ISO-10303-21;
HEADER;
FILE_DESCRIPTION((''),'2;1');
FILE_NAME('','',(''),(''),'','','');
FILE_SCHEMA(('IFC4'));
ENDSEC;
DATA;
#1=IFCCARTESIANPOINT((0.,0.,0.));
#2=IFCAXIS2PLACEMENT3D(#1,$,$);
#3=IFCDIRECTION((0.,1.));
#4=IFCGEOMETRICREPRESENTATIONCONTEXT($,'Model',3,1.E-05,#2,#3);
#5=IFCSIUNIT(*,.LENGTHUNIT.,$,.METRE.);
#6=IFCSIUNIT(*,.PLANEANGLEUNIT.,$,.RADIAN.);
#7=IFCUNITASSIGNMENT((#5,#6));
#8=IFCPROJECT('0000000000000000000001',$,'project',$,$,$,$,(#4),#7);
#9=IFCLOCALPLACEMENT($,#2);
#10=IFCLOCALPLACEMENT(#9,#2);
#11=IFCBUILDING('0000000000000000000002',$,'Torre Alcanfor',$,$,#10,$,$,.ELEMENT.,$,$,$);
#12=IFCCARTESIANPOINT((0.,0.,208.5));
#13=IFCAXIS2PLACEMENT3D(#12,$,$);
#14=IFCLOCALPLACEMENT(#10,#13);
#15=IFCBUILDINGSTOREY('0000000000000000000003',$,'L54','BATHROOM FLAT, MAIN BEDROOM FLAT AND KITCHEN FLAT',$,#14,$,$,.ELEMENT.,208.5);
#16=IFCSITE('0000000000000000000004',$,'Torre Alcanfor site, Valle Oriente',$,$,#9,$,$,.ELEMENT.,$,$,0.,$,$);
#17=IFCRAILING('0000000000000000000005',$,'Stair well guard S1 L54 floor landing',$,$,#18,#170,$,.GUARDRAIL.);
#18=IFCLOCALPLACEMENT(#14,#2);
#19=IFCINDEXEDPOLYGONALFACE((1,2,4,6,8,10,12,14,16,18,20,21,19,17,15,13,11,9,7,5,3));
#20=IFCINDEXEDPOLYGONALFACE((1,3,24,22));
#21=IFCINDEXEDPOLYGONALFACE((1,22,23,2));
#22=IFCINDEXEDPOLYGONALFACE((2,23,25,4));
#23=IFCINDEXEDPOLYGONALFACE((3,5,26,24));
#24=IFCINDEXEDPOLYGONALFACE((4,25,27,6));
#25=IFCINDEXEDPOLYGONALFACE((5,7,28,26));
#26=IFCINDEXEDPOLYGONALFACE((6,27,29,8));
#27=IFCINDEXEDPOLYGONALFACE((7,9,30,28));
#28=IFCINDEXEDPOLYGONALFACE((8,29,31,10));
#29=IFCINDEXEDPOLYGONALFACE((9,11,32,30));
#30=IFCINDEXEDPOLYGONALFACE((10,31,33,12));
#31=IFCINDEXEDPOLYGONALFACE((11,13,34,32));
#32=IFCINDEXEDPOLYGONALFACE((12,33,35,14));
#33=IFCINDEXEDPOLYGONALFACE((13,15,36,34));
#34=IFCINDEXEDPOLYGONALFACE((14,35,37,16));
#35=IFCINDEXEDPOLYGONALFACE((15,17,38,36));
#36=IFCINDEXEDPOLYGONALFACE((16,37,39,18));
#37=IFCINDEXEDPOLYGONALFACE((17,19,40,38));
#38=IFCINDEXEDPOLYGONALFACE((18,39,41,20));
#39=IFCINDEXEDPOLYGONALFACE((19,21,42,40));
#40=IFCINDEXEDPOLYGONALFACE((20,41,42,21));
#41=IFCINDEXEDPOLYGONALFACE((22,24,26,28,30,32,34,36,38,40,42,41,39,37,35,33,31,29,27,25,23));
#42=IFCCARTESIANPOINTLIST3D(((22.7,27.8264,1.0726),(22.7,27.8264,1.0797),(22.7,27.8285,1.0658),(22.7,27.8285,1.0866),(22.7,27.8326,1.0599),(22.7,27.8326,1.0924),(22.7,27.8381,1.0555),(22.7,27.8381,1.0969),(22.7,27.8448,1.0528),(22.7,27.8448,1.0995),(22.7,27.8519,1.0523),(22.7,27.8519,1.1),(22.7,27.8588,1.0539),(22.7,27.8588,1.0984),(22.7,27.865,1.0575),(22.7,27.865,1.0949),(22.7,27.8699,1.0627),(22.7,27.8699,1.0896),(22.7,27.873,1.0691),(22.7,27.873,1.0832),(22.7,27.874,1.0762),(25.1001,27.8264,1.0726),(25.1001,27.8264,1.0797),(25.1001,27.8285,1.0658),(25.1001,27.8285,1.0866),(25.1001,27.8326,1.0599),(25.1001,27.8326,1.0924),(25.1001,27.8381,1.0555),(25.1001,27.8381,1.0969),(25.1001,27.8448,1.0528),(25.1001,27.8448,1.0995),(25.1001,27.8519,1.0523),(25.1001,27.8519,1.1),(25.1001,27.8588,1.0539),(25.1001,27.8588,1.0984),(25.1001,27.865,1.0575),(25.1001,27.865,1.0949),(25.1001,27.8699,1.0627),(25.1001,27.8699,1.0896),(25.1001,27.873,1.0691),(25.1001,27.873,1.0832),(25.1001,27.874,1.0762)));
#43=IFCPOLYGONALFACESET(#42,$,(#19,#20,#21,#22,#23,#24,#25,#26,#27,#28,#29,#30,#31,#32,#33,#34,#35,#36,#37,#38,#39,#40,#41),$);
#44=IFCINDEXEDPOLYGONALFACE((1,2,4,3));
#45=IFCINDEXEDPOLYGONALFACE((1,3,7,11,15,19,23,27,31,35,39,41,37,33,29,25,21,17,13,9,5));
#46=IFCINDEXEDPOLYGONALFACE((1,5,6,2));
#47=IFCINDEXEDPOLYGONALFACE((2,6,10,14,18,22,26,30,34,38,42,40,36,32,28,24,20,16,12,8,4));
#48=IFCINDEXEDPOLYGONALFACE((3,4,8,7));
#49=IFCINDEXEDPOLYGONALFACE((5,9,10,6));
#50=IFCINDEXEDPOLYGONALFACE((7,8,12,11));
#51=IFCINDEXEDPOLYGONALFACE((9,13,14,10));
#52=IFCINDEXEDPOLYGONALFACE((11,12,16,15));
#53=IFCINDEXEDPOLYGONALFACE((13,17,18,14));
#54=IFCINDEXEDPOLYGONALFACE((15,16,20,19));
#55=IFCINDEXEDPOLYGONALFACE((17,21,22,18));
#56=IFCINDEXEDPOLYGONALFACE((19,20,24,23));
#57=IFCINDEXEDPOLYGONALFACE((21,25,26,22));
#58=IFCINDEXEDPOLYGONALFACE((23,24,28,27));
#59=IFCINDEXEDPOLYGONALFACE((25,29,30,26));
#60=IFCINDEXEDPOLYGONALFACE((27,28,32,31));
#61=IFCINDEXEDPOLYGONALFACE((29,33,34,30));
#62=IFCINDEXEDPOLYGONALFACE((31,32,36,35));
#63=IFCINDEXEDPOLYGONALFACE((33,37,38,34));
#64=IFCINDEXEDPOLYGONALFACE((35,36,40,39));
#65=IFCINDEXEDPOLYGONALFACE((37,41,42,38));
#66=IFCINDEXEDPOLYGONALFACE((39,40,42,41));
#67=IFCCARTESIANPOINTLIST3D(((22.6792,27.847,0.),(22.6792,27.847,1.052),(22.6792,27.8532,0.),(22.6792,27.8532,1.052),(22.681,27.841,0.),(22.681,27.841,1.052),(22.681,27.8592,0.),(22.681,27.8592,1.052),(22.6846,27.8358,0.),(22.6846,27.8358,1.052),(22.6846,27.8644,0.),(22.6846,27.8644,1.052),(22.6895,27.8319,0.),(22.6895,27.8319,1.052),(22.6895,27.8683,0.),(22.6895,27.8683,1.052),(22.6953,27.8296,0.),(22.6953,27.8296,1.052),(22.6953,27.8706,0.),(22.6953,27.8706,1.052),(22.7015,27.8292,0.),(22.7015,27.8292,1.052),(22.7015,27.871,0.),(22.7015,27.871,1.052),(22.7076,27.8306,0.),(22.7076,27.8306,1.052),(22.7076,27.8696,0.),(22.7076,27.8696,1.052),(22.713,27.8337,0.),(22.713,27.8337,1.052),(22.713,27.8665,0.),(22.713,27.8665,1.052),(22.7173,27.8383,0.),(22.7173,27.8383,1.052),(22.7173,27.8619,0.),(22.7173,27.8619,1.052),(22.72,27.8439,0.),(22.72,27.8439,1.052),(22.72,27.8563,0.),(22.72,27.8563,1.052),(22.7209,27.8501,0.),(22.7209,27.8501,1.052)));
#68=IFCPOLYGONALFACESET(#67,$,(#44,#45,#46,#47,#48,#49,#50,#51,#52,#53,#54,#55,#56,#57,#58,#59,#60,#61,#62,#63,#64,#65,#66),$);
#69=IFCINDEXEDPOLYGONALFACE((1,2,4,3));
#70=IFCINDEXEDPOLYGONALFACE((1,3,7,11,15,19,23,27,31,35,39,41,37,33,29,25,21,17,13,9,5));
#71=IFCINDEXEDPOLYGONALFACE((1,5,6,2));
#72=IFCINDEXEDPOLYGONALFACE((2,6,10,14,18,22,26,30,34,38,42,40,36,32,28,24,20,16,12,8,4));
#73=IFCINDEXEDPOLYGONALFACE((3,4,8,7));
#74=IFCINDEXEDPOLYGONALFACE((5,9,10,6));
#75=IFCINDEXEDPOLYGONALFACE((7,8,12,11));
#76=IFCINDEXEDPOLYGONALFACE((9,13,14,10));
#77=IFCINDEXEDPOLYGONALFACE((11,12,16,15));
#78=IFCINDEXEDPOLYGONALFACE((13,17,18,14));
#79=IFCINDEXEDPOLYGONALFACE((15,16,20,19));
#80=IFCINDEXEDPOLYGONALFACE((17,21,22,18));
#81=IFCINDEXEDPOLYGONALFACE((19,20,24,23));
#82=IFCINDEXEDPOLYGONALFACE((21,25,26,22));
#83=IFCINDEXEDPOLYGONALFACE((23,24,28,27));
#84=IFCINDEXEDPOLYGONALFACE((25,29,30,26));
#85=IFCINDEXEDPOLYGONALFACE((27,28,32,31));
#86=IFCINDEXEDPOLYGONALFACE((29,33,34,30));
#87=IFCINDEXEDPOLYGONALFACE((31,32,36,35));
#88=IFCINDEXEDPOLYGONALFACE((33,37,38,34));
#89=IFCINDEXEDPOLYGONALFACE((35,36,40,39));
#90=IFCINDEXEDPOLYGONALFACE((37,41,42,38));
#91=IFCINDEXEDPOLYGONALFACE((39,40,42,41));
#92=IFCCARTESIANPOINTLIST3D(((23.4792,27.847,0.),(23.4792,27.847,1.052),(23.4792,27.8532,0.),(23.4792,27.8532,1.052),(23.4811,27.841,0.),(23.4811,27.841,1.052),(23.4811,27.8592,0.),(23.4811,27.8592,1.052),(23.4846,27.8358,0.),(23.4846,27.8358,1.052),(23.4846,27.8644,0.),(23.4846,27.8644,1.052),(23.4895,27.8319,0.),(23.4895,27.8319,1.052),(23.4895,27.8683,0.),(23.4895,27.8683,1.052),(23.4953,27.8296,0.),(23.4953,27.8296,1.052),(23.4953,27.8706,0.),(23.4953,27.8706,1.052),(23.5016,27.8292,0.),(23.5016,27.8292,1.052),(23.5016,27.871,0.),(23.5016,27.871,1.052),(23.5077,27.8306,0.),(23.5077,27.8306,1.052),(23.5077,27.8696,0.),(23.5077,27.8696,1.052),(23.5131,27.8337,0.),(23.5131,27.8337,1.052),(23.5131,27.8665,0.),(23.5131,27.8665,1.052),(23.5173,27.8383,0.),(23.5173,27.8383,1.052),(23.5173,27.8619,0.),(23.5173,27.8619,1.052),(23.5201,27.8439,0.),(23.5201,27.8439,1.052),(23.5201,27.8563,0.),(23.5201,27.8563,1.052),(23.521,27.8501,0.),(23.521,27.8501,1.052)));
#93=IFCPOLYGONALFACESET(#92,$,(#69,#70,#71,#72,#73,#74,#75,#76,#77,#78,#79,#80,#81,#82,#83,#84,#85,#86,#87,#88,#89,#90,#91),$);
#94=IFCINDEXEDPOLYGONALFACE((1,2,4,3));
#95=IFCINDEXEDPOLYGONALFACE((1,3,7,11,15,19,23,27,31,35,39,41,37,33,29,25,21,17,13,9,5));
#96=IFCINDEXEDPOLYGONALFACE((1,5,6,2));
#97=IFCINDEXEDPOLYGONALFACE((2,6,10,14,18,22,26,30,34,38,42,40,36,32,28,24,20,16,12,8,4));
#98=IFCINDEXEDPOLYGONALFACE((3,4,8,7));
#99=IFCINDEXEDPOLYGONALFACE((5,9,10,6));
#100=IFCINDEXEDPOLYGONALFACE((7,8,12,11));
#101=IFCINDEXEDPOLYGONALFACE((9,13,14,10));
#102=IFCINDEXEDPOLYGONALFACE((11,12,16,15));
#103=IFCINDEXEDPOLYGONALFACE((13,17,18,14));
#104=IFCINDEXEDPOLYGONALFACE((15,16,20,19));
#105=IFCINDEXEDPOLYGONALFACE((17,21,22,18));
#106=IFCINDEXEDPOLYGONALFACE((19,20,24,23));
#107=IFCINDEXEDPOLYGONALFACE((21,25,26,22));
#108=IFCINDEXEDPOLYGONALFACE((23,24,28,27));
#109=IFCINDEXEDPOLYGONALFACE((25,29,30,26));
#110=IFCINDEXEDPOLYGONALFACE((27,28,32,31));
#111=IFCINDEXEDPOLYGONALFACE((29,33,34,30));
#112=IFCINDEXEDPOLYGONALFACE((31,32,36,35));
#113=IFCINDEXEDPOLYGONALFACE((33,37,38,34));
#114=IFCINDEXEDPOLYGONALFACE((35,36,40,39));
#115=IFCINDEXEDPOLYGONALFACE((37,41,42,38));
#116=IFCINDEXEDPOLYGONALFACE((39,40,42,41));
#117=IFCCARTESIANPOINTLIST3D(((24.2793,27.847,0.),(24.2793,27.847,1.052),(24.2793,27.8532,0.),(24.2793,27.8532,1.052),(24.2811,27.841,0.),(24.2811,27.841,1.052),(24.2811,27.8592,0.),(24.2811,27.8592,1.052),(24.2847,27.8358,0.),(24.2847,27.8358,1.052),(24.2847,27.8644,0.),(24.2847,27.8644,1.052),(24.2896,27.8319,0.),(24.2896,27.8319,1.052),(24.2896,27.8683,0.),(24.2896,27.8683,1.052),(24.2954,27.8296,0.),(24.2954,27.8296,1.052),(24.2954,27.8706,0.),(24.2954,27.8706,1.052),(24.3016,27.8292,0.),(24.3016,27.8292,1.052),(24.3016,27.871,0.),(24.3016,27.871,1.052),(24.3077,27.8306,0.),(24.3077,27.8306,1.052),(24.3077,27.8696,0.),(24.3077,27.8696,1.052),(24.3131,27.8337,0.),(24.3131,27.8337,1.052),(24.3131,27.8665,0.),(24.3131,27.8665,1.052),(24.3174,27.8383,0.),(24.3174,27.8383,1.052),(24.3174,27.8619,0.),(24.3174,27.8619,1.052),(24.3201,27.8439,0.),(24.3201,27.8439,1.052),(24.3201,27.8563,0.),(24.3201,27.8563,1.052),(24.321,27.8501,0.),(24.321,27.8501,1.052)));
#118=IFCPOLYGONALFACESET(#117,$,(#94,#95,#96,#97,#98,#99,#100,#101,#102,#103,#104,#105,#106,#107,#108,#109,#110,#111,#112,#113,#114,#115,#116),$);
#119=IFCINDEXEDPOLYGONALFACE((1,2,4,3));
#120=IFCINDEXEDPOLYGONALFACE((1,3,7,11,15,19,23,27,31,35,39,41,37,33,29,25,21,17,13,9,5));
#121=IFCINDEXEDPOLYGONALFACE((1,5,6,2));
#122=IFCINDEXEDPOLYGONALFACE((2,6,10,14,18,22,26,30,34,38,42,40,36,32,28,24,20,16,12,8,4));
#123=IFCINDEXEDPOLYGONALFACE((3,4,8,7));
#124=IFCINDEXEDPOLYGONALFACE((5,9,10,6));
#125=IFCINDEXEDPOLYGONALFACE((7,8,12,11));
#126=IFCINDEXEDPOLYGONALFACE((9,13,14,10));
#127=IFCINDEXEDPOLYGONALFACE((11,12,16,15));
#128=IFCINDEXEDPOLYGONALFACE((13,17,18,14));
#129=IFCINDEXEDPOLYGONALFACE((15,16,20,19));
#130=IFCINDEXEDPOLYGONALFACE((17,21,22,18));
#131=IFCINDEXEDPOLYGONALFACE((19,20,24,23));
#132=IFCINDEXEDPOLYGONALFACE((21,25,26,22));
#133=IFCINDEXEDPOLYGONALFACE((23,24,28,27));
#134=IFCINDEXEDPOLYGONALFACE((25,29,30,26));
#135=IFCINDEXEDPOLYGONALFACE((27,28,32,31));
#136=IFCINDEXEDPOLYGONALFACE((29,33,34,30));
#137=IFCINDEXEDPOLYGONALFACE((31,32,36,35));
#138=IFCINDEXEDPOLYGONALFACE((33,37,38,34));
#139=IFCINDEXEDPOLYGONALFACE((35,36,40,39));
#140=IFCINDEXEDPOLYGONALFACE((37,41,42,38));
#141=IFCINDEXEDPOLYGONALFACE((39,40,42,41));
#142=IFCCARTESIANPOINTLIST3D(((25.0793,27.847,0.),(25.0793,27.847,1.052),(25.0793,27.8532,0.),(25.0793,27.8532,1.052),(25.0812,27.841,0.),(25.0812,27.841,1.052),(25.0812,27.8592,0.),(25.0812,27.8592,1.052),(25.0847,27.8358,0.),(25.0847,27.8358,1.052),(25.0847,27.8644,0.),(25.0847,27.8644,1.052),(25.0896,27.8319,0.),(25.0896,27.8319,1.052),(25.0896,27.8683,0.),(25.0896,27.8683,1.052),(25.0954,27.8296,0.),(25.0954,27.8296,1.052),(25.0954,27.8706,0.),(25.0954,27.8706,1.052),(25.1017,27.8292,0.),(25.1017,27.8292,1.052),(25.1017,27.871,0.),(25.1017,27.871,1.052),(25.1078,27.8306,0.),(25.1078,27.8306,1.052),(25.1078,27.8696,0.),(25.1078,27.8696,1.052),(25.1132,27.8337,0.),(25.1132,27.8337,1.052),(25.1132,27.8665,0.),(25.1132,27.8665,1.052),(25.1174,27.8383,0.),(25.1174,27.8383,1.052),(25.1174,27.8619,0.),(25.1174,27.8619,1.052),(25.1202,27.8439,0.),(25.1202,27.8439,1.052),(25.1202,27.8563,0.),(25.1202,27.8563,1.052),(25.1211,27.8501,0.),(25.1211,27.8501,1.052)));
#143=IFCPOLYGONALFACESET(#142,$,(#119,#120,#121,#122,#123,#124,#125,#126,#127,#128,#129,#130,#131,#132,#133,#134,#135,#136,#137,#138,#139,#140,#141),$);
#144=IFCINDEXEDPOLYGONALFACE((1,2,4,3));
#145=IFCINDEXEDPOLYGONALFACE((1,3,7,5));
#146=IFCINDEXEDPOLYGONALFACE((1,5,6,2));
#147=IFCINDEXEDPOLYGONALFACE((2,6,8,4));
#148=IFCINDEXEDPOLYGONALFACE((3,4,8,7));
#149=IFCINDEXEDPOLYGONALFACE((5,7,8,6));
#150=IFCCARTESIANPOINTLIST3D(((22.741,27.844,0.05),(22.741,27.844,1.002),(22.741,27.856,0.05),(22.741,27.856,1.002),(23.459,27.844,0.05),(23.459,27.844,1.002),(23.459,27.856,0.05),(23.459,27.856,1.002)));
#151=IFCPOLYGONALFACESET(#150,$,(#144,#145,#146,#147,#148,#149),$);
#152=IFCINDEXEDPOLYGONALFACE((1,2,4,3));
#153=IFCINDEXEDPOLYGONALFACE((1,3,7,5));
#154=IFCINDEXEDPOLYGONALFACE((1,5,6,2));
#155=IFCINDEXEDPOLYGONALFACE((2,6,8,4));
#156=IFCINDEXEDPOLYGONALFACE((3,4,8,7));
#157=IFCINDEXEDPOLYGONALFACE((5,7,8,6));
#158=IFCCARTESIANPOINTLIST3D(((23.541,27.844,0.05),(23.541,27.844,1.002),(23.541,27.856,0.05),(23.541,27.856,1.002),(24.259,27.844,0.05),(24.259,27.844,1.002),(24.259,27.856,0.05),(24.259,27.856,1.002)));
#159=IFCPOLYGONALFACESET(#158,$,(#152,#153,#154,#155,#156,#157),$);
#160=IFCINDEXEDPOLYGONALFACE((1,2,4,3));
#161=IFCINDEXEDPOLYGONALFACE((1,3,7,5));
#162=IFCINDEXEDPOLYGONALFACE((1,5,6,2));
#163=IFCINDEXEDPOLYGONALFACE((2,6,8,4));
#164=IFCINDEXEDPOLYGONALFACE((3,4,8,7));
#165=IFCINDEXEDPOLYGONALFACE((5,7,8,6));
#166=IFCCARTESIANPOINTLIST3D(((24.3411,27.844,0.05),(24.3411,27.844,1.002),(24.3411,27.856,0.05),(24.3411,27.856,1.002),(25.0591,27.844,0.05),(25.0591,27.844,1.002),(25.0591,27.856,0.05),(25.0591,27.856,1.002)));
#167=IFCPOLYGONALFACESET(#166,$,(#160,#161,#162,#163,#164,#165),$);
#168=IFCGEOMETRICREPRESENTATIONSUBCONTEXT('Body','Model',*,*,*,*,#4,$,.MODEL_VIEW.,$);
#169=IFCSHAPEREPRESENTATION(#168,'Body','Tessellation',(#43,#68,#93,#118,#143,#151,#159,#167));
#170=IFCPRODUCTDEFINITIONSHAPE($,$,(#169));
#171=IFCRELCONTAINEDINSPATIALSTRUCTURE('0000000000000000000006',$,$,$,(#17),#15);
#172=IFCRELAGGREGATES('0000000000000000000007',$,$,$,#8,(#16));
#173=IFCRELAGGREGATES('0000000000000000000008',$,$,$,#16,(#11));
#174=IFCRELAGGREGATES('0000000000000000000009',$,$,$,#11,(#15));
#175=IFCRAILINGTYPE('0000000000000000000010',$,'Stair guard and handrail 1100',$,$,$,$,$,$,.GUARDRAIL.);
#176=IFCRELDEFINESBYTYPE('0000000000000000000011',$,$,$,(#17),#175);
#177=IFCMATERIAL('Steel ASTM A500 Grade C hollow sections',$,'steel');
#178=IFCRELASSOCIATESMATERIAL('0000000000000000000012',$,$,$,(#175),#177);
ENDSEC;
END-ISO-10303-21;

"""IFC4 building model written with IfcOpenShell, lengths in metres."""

from ifc_helpers import new_model, si_unit, direction, frame, origin, origin_2d, place, context, subcontext, project, spatial, polyline, circle, outline, extrude, material, type_object, element, save


model = new_model("IFC4")

# Units and contexts
model_context = context("Model", 3, precision=1e-05, world=origin(), true_north=direction((0.0, 1.0)))
body_context = subcontext(model_context, "Body", "Model", "MODEL_VIEW")
ifc_project = project(units=[si_unit("LENGTHUNIT", "METRE"), si_unit("PLANEANGLEUNIT", "RADIAN")], contexts=[model_context])

# Site, building, storey
site_placement = place(None, origin())
site = spatial("IfcSite", under=ifc_project, at=site_placement, Name="Torre Alcanfor site, Valle Oriente", CompositionType="ELEMENT", RefElevation=0.0)
building_placement = place(site_placement, origin())
building = spatial("IfcBuilding", under=site, at=building_placement, Name="Torre Alcanfor", CompositionType="ELEMENT")
storey_placement = place(building_placement, frame((0.0, 0.0, 208.5)))
storey = spatial("IfcBuildingStorey", under=building, at=storey_placement, Name="L54", Description="BATHROOM FLAT, MAIN BEDROOM FLAT AND KITCHEN FLAT", CompositionType="ELEMENT", Elevation=208.5)

# Railing
ifc_material_1 = material(Name="Steel ASTM A500 Grade C hollow sections", Category="steel")
railing_type_1 = type_object("IfcRailingType", Name="Stair guard and handrail 1100", PredefinedType="GUARDRAIL", material=ifc_material_1)
for number, where, name in (
    (1, (22.7, 27.8501, 0.0), "Stair well guard S1 L54 floor landing"),
):
    element("IfcRailing", number, at=place(storey_placement, frame(where)), inside=storey, type_object=railing_type_1, Name=name, PredefinedType="GUARDRAIL", context=body_context, shape_type="SweptSolid", body=[
        extrude(circle(Radius=0.0239, at=origin_2d()), frame((0.0, 0.0, 1.0762), z_axis=(1.0, 0.0, 0.0), x_axis=(0.0, 1.0, 0.0)), (0.0, 0.0, 1.0), 2.4001),
        extrude(circle(Radius=0.021, at=origin_2d()), origin(), (0.0, 0.0, 1.0), 1.052),
        extrude(circle(Radius=0.021, at=origin_2d()), frame((0.8, 0.0, 0.0)), (0.0, 0.0, 1.0), 1.052),
        extrude(circle(Radius=0.021, at=origin_2d()), frame((1.6001, 0.0, 0.0)), (0.0, 0.0, 1.0), 1.052),
        extrude(circle(Radius=0.021, at=origin_2d()), frame((2.4001, 0.0, 0.0)), (0.0, 0.0, 1.0), 1.052),
        extrude(outline(polyline([(0.041, 0.05), (0.759, 0.05), (0.759, 1.002), (0.041, 1.002), (0.041, 0.05)])), frame((0.0, 0.0059, 0.0), z_axis=(0.0, -1.0, 0.0), x_axis=(1.0, 0.0, 0.0)), (0.0, 0.0, 1.0), 0.012),
        extrude(outline(polyline([(0.8411, 0.05), (1.5591, 0.05), (1.5591, 1.002), (0.8411, 1.002), (0.8411, 0.05)])), frame((0.0, 0.0059, 0.0), z_axis=(0.0, -1.0, 0.0), x_axis=(1.0, 0.0, 0.0)), (0.0, 0.0, 1.0), 0.012),
        extrude(outline(polyline([(1.6411, 0.05), (2.3591, 0.05), (2.3591, 1.002), (1.6411, 1.002), (1.6411, 0.05)])), frame((0.0, 0.0059, 0.0), z_axis=(0.0, -1.0, 0.0), x_axis=(1.0, 0.0, 0.0)), (0.0, 0.0, 1.0), 0.012),
    ])

save(model, "model.ifc")
